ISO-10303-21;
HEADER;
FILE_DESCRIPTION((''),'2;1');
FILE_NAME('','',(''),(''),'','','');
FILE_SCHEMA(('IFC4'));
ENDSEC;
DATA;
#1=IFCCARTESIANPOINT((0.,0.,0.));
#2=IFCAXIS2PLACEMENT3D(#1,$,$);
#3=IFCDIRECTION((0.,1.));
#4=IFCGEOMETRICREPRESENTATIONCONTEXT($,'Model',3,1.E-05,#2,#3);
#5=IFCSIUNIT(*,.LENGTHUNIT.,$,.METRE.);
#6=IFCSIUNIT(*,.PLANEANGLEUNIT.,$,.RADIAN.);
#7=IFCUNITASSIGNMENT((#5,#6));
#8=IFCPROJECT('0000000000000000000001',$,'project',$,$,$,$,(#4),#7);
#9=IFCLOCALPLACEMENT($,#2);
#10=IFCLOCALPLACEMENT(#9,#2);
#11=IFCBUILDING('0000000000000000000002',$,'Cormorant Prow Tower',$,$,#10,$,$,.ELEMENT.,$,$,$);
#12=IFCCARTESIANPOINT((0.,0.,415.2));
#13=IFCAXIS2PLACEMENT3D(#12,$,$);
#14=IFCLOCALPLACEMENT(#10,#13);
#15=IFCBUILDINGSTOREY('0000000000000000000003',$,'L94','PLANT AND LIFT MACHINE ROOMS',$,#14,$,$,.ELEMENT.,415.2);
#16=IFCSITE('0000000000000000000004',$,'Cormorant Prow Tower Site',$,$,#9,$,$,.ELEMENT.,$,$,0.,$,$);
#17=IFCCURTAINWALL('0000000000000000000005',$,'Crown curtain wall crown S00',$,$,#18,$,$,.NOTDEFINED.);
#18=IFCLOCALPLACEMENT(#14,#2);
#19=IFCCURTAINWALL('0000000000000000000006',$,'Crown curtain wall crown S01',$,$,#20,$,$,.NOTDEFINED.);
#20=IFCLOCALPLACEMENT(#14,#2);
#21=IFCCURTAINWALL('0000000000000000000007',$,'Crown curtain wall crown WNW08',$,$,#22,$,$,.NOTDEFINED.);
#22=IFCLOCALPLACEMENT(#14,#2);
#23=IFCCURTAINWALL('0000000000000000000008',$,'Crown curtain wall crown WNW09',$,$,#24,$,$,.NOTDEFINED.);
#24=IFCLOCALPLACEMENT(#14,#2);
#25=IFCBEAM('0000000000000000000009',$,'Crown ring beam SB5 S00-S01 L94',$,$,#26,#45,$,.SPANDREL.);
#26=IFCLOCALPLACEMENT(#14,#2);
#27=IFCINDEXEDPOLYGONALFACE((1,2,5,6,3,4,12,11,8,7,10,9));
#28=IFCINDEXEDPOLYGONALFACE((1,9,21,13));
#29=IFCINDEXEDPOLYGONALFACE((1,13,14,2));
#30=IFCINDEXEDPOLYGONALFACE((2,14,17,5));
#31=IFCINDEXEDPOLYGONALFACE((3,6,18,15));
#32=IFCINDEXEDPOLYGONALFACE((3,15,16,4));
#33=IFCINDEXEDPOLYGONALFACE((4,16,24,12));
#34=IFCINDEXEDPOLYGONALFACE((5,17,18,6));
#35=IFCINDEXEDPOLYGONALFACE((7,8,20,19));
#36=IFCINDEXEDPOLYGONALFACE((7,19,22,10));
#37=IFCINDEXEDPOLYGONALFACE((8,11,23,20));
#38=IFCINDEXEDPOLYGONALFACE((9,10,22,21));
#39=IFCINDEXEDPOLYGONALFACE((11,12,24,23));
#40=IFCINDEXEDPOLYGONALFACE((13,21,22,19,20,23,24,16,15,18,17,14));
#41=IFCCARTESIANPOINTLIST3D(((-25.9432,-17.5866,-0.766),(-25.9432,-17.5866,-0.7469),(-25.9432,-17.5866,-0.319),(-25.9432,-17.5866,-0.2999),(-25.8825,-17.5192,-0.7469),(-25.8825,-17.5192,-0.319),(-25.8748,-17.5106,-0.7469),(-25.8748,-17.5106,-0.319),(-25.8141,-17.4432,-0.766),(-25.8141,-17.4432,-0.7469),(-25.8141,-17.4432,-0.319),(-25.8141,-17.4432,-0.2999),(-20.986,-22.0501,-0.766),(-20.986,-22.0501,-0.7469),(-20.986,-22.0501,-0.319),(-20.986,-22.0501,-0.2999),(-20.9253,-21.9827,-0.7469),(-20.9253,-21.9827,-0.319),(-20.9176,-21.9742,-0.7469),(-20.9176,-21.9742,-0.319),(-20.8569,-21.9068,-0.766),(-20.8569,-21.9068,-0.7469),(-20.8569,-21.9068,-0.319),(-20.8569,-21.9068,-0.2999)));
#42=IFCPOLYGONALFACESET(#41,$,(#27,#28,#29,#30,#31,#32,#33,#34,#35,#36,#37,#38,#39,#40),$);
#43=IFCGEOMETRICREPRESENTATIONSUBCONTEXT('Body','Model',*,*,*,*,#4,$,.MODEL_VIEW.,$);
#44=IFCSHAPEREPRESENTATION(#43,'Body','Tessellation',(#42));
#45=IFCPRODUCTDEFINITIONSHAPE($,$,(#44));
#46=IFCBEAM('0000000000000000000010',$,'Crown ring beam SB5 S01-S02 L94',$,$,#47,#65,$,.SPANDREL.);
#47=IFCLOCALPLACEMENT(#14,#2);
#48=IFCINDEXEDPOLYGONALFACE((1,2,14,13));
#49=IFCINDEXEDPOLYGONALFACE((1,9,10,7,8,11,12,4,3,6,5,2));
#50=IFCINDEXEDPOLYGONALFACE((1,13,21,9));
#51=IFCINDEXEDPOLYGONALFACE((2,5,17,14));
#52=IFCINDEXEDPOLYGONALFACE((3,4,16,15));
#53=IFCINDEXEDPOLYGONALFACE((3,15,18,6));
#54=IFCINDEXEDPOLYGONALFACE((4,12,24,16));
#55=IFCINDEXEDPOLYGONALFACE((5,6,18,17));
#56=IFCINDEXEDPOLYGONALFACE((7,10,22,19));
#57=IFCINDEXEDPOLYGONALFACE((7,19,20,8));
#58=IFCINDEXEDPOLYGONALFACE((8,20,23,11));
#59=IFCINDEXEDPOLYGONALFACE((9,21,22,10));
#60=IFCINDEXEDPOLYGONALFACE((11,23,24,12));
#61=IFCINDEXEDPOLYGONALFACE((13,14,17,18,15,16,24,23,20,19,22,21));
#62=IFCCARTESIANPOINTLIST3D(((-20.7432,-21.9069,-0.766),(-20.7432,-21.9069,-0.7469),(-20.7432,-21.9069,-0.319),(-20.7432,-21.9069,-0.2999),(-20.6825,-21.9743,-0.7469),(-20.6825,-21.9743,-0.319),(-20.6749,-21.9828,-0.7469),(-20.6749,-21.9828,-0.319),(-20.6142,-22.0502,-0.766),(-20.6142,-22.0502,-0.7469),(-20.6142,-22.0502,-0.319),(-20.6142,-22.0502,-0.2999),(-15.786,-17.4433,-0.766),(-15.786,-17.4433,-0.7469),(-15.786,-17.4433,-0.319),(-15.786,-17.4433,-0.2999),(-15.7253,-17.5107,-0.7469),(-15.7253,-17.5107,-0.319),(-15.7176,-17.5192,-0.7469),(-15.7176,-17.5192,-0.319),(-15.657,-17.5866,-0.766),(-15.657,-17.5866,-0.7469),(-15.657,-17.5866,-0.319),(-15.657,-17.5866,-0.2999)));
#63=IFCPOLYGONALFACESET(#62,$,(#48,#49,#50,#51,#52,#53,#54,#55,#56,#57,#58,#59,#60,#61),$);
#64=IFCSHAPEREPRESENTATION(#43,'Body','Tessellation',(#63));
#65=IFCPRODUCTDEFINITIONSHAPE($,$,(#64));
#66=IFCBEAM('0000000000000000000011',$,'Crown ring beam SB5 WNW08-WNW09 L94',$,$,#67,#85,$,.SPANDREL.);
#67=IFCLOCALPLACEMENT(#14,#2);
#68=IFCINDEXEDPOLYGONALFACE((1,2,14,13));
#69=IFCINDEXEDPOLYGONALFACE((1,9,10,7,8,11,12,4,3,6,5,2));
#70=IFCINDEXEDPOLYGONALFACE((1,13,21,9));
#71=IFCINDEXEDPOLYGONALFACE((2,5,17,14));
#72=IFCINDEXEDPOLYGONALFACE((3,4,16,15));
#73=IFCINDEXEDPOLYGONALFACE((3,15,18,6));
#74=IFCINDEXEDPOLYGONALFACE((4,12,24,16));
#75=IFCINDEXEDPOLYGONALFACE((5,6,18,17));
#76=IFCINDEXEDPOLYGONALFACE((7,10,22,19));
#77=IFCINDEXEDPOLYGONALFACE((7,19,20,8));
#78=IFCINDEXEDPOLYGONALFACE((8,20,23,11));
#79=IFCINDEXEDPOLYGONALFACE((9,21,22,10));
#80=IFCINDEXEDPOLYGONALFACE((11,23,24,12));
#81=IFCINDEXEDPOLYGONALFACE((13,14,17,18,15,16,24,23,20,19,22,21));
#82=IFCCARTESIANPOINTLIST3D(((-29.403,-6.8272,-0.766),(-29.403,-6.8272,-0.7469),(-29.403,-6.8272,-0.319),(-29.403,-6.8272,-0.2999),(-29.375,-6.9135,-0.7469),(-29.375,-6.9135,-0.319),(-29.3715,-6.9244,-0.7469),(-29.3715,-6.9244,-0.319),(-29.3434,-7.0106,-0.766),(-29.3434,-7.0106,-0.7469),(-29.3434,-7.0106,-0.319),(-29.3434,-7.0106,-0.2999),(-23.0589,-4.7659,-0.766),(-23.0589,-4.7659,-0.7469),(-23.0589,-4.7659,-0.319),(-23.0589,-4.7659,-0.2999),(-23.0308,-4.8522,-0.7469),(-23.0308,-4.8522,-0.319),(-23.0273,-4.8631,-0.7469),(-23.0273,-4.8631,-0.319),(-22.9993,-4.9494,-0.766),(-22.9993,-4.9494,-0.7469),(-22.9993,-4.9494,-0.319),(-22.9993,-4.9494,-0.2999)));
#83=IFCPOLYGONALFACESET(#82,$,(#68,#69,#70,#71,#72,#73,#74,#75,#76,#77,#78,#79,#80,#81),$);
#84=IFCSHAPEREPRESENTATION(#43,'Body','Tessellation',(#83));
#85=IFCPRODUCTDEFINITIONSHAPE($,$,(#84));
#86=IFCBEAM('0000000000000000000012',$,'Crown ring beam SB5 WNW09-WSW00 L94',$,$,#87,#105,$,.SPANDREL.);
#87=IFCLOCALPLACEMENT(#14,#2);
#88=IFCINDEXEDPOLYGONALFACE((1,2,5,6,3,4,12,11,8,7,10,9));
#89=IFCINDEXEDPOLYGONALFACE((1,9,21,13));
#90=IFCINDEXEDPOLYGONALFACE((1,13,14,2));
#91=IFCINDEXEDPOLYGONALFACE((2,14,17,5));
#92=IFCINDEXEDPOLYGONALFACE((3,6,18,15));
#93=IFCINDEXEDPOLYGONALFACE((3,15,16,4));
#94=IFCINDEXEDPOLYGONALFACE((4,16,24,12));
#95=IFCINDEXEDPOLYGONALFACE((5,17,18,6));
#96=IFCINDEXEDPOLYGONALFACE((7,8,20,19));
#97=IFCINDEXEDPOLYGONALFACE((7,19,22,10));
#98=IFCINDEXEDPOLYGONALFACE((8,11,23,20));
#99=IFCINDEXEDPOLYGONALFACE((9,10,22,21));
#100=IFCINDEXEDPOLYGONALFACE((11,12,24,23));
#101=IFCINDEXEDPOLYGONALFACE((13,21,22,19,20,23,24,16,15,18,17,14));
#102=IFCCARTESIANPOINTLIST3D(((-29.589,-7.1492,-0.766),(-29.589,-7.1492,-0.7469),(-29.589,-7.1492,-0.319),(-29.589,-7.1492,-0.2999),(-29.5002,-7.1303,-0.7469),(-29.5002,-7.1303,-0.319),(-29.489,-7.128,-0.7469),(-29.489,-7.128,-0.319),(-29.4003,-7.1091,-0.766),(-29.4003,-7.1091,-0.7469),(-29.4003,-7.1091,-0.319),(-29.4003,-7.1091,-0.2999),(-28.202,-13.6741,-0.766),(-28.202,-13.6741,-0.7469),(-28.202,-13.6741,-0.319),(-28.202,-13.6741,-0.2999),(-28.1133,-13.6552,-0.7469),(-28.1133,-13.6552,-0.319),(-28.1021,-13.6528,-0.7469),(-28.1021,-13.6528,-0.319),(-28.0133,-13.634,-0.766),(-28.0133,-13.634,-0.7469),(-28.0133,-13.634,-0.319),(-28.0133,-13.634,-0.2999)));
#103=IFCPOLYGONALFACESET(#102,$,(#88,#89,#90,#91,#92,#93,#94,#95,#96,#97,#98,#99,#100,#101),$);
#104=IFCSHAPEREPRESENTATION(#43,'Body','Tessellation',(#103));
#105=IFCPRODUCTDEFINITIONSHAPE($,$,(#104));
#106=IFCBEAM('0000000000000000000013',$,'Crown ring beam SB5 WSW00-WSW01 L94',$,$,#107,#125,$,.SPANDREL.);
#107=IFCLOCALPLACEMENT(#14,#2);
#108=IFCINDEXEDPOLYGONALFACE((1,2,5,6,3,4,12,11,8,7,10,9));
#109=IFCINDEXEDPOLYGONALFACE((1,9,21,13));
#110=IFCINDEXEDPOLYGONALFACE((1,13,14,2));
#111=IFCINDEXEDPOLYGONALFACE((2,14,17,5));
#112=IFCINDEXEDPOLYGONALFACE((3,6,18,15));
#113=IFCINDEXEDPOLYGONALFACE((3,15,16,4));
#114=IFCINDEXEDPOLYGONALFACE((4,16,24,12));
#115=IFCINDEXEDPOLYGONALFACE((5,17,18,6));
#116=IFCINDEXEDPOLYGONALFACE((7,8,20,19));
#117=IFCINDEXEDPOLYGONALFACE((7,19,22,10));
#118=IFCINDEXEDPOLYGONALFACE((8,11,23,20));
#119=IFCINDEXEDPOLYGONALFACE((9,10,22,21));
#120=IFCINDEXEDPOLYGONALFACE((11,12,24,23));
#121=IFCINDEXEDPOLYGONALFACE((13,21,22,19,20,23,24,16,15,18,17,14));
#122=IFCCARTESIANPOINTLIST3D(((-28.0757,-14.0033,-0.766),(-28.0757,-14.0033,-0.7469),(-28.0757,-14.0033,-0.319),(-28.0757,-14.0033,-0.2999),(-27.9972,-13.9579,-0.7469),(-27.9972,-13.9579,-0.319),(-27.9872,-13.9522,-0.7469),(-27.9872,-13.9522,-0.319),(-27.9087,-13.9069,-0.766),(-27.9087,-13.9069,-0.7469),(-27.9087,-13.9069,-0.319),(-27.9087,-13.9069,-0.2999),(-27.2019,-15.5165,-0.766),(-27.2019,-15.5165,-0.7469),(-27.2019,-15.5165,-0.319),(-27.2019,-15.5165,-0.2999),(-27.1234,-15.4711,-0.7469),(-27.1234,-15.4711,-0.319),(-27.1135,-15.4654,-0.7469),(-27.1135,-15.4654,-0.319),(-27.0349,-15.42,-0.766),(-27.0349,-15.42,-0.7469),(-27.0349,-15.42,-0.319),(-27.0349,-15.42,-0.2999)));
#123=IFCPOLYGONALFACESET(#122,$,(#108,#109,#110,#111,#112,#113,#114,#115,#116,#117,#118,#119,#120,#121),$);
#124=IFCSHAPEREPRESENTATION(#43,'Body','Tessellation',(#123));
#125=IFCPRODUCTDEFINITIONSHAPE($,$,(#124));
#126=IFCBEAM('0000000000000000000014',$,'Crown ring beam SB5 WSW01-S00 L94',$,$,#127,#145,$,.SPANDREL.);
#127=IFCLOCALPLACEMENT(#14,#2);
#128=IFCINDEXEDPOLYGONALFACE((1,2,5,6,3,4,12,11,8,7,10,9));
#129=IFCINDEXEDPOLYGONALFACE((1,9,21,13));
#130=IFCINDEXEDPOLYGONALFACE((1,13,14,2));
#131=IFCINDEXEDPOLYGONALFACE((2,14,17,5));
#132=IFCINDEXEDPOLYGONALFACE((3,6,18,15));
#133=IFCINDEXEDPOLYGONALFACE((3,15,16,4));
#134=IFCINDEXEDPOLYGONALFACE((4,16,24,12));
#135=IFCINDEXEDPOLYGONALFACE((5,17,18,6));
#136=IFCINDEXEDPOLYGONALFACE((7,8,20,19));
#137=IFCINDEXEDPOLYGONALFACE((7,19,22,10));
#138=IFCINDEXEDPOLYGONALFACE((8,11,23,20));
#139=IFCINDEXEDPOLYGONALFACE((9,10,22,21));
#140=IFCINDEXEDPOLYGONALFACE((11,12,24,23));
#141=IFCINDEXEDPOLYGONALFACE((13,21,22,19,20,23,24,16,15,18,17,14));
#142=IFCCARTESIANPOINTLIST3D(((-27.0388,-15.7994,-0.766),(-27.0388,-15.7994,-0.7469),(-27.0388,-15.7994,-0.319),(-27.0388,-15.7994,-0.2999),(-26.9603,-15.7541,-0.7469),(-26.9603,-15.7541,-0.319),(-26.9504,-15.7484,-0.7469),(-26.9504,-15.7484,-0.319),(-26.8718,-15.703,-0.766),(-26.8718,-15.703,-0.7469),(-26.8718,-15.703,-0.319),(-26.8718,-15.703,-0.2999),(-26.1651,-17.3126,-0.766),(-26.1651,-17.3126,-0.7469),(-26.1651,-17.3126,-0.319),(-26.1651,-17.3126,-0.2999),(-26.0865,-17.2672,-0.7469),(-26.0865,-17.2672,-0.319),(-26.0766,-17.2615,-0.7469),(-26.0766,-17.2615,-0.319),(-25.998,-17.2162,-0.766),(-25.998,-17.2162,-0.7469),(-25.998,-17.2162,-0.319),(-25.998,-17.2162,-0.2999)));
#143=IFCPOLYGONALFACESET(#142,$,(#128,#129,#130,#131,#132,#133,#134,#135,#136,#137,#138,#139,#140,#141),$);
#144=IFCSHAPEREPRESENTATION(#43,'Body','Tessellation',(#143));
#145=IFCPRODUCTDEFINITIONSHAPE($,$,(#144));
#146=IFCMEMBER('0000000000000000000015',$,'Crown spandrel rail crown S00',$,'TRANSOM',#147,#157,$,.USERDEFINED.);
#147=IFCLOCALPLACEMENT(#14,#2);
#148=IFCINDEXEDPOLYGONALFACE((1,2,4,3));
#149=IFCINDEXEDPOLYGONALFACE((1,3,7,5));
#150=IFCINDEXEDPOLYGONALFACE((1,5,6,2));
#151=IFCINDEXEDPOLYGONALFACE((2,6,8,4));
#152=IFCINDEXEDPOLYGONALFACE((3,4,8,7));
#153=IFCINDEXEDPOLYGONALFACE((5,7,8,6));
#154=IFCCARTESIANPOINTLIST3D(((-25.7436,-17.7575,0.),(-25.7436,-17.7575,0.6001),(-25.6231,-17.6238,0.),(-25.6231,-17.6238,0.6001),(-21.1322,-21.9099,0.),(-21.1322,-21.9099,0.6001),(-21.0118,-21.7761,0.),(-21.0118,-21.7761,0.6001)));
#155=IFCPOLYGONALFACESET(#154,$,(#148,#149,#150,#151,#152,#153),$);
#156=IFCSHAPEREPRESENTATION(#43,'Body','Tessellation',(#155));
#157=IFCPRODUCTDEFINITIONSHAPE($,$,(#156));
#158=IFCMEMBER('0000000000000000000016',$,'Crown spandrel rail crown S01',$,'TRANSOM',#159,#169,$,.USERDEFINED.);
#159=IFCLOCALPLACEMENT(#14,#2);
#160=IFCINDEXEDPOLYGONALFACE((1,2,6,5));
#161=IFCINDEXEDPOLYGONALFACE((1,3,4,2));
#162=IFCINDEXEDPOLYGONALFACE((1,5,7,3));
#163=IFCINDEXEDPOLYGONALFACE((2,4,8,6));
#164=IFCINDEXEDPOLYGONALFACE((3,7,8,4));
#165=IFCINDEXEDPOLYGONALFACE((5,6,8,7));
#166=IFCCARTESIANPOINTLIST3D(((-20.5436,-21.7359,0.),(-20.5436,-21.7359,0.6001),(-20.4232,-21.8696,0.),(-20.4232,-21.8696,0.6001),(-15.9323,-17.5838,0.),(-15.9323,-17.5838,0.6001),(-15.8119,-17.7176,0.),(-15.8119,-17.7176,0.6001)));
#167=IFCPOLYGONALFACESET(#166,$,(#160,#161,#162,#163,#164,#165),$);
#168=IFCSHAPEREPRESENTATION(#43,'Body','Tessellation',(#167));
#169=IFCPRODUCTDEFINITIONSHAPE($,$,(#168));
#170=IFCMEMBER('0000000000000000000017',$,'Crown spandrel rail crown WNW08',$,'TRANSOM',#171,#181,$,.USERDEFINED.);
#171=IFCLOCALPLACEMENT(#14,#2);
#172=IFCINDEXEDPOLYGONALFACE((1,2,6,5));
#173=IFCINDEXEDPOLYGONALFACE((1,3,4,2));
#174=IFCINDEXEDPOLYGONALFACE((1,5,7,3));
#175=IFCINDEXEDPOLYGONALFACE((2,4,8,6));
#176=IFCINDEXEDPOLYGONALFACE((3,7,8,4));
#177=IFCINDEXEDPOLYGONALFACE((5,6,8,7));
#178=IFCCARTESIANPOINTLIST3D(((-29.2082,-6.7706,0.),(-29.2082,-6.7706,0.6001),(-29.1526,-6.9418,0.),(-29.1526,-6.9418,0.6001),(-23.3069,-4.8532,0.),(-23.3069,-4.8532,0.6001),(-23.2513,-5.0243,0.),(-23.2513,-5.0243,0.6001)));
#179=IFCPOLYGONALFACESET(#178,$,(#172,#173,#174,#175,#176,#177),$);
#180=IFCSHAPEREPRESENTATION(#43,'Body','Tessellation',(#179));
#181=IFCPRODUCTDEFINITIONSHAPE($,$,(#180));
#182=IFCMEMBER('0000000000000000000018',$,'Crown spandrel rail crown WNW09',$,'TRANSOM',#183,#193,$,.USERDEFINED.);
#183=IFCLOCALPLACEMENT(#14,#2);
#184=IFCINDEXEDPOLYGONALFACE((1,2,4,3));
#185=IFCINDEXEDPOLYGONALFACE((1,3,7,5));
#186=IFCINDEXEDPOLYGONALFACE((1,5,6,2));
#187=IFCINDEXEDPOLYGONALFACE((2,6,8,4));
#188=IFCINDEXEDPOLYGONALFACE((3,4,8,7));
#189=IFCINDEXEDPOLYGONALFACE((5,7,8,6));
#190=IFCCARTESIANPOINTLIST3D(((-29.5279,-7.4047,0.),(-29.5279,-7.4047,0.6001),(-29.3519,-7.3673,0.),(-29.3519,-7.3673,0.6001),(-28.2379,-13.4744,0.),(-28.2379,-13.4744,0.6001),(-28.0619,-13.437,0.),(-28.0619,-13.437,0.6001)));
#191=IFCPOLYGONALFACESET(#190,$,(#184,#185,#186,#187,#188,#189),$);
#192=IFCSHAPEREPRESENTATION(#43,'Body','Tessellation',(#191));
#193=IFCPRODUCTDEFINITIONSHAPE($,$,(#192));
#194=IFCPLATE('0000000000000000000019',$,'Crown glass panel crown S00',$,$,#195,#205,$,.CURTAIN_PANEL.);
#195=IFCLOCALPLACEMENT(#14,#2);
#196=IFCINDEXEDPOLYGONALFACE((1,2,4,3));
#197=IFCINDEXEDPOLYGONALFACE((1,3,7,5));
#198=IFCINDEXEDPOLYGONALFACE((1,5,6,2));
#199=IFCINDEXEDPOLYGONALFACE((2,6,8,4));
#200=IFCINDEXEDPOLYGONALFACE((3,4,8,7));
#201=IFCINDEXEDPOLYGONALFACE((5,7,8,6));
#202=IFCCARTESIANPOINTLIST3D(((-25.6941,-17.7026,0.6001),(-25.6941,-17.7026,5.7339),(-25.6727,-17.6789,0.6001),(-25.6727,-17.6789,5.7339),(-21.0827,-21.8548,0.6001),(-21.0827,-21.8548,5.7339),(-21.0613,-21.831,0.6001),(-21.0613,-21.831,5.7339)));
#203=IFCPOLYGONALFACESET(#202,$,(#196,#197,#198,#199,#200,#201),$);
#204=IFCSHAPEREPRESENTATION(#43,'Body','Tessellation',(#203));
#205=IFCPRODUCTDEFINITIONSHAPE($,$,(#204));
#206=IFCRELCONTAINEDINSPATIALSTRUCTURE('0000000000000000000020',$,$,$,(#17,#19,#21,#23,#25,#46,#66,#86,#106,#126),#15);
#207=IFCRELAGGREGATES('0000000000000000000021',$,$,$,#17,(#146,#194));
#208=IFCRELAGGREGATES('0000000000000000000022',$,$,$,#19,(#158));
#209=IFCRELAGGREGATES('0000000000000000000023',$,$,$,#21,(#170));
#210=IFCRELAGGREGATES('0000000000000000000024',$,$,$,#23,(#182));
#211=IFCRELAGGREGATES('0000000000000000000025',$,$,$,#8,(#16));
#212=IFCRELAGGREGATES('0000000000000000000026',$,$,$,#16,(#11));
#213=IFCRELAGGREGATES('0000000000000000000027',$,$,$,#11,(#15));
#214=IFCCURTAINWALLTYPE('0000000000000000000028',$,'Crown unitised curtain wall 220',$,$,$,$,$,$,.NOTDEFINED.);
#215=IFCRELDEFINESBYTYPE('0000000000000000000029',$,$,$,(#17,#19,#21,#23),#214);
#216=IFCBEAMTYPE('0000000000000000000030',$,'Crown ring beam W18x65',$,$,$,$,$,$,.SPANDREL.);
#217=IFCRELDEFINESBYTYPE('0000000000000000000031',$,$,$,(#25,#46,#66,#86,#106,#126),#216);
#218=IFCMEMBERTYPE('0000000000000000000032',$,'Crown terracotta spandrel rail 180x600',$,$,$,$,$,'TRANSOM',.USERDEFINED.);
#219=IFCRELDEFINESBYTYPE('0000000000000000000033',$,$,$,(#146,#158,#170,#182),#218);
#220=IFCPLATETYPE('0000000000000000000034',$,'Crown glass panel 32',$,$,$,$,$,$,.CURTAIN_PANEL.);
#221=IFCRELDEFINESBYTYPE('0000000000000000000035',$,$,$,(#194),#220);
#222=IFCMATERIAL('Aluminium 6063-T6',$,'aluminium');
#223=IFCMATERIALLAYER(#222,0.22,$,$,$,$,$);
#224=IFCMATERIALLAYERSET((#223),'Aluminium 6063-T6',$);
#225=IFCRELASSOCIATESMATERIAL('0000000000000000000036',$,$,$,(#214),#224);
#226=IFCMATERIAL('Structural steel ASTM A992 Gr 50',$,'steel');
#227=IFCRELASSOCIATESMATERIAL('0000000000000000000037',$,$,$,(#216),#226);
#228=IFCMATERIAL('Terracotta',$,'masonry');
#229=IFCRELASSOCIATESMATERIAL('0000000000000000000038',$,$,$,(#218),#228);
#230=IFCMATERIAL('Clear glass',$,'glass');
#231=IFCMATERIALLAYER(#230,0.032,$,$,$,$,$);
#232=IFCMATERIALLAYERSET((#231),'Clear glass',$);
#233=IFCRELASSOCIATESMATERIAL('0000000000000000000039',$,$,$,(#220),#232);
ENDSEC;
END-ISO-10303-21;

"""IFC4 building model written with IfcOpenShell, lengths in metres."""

from ifc_helpers import new_model, si_unit, direction, frame, origin, origin_2d, place, context, subcontext, project, spatial, rectangle, i_section, extrude, material, layer, layer_set, material_profile, profile_set, type_object, element, aggregate, save


model = new_model("IFC4")

# Units and contexts
model_context = context("Model", 3, precision=1e-05, world=origin(), true_north=direction((0.0, 1.0)))
body_context = subcontext(model_context, "Body", "Model", "MODEL_VIEW")
ifc_project = project(units=[si_unit("LENGTHUNIT", "METRE"), si_unit("PLANEANGLEUNIT", "RADIAN")], contexts=[model_context])

# Site, building, storey
site_placement = place(None, origin())
site = spatial("IfcSite", under=ifc_project, at=site_placement, Name="Cormorant Prow Tower Site", CompositionType="ELEMENT", RefElevation=0.0)
building_placement = place(site_placement, origin())
building = spatial("IfcBuilding", under=site, at=building_placement, Name="Cormorant Prow Tower", CompositionType="ELEMENT")
storey_placement = place(building_placement, frame((0.0, 0.0, 415.2)))
storey = spatial("IfcBuildingStorey", under=building, at=storey_placement, Name="L94", Description="PLANT AND LIFT MACHINE ROOMS", CompositionType="ELEMENT", Elevation=415.2)

# Curtain walls
ifc_material_1 = material(Name="Aluminium 6063-T6", Category="aluminium")
ifc_layer_1 = layer(ifc_material_1, 0.22)
ifc_layer_set_1 = layer_set([ifc_layer_1], Name="Aluminium 6063-T6")
curtain_wall_type = type_object("IfcCurtainWallType", Name="Crown unitised curtain wall 220", PredefinedType="NOTDEFINED", material=ifc_layer_set_1)
curtain_wall_1_placement = place(storey_placement, origin())
curtain_wall_1 = element("IfcCurtainWall", 1, at=curtain_wall_1_placement, inside=storey, type_object=curtain_wall_type, Name="Crown curtain wall crown S00", PredefinedType="NOTDEFINED")
curtain_wall_2_placement = place(storey_placement, origin())
curtain_wall_2 = element("IfcCurtainWall", 2, at=curtain_wall_2_placement, inside=storey, type_object=curtain_wall_type, Name="Crown curtain wall crown S01", PredefinedType="NOTDEFINED")
curtain_wall_3_placement = place(storey_placement, origin())
curtain_wall_3 = element("IfcCurtainWall", 3, at=curtain_wall_3_placement, inside=storey, type_object=curtain_wall_type, Name="Crown curtain wall crown WNW08", PredefinedType="NOTDEFINED")
curtain_wall_4_placement = place(storey_placement, origin())
curtain_wall_4 = element("IfcCurtainWall", 4, at=curtain_wall_4_placement, inside=storey, type_object=curtain_wall_type, Name="Crown curtain wall crown WNW09", PredefinedType="NOTDEFINED")

# Beams
ifc_material_2 = material(Name="Structural steel ASTM A992 Gr 50", Category="steel")
ifc_material_profile_1 = material_profile(ifc_material_2, i_section(OverallWidth=0.1929, OverallDepth=0.4661, WebThickness=0.0115, FlangeThickness=0.019, at=origin_2d()), Name="W18x65")
ifc_profile_set_1 = profile_set([ifc_material_profile_1], Name="Structural steel ASTM A992 Gr 50")
beam_type = type_object("IfcBeamType", Name="Crown ring beam W18x65", PredefinedType="SPANDREL", material=ifc_profile_set_1)
for number, where, z_axis, x_axis, name in (
    (5, (-25.8787, -17.5149, -0.533), (0.743139, -0.669137, 0.0), (0.669137, 0.743139, 0.0), "Crown ring beam SB5 S00-S01 L94"),
    (6, (-20.6787, -21.9785, -0.533), (0.743139, 0.669137, 0.0), (-0.669137, 0.743139, 0.0), "Crown ring beam SB5 S01-S02 L94"),
    (7, (-23.0291, -4.8577, -0.533), (-0.95106, -0.309005, 0.0), (0.309005, -0.95106, 0.0), "Crown ring beam SB5 WNW08-WNW09 L94"),
    (8, (-29.4946, -7.1292, -0.533), (0.207919, -0.978146, 0.0), (0.978146, 0.207919, 0.0), "Crown ring beam SB5 WNW09-WSW00 L94"),
):
    element("IfcBeam", number, at=place(storey_placement, frame(where, z_axis=z_axis, x_axis=x_axis)), inside=storey, type_object=beam_type, Name=name, PredefinedType="SPANDREL", context=body_context, shape_type="SweptSolid", body=[
        extrude(i_section(OverallWidth=0.1929, OverallDepth=0.4661, WebThickness=0.0115, FlangeThickness=0.019, at=origin_2d()), origin(), (0.0, 0.0, 1.0), 6.6707),
    ])
for number, where, z_axis, x_axis, name in (
    (9, (-27.9922, -13.9551, -0.533), (0.500061, -0.86599, 0.0), (0.86599, 0.500061, 0.0), "Crown ring beam SB5 WSW00-WSW01 L94"),
    (10, (-26.9553, -15.7512, -0.533), (0.500061, -0.86599, 0.0), (0.86599, 0.500061, 0.0), "Crown ring beam SB5 WSW01-S00 L94"),
):
    element("IfcBeam", number, at=place(storey_placement, frame(where, z_axis=z_axis, x_axis=x_axis)), inside=storey, type_object=beam_type, Name=name, PredefinedType="SPANDREL", context=body_context, shape_type="SweptSolid", body=[
        extrude(i_section(OverallWidth=0.1929, OverallDepth=0.4661, WebThickness=0.0115, FlangeThickness=0.019, at=origin_2d()), origin(), (0.0, 0.0, 1.0), 1.7473),
    ])

# Members
ifc_material_3 = material(Name="Terracotta", Category="masonry")
ifc_material_profile_2 = material_profile(ifc_material_3, rectangle(XDim=0.1799, YDim=0.6001, at=origin_2d()), Name="Crown terracotta spandrel rail 180x600")
ifc_profile_set_2 = profile_set([ifc_material_profile_2], Name="Terracotta")
member_type_1 = type_object("IfcMemberType", Name="Crown terracotta spandrel rail 180x600", ElementType="TRANSOM", PredefinedType="USERDEFINED", material=ifc_profile_set_2)
member_1_placement = place(storey_placement, frame((-25.6833, -17.6907, 0.3), z_axis=(0.743122, -0.669156, 0.0), x_axis=(0.669156, 0.743122, 0.0)))
member_1 = element("IfcMember", 11, at=member_1_placement, type_object=member_type_1, Name="Crown spandrel rail crown S00", ObjectType="TRANSOM", PredefinedType="USERDEFINED", context=body_context, shape_type="SweptSolid", body=[
    extrude(rectangle(XDim=0.1799, YDim=0.6001, at=origin_2d()), origin(), (0.0, 0.0, 1.0), 6.2053),
])
member_2_placement = place(storey_placement, frame((-20.4834, -21.8027, 0.3), z_axis=(0.743142, 0.669134, 0.0), x_axis=(-0.669134, 0.743142, 0.0)))
member_2 = element("IfcMember", 12, at=member_2_placement, type_object=member_type_1, Name="Crown spandrel rail crown S01", ObjectType="TRANSOM", PredefinedType="USERDEFINED", context=body_context, shape_type="SweptSolid", body=[
    extrude(rectangle(XDim=0.1799, YDim=0.6001, at=origin_2d()), origin(), (0.0, 0.0, 1.0), 6.2051),
])
member_3_placement = place(storey_placement, frame((-23.2791, -4.9387, 0.3), z_axis=(-0.951056, -0.309018, 0.0), x_axis=(0.309018, -0.951056, 0.0)))
member_3 = element("IfcMember", 13, at=member_3_placement, type_object=member_type_1, Name="Crown spandrel rail crown WNW08", ObjectType="TRANSOM", PredefinedType="USERDEFINED", context=body_context, shape_type="SweptSolid", body=[
    extrude(rectangle(XDim=0.1799, YDim=0.6001, at=origin_2d()), origin(), (0.0, 0.0, 1.0), 6.2051),
])
member_4_placement = place(storey_placement, frame((-29.4399, -7.386, 0.3), z_axis=(0.20789, -0.978152, 0.0), x_axis=(0.978152, 0.20789, 0.0)))
member_4 = element("IfcMember", 14, at=member_4_placement, type_object=member_type_1, Name="Crown spandrel rail crown WNW09", ObjectType="TRANSOM", PredefinedType="USERDEFINED", context=body_context, shape_type="SweptSolid", body=[
    extrude(rectangle(XDim=0.1799, YDim=0.6001, at=origin_2d()), origin(), (0.0, 0.0, 1.0), 6.2053),
])

# Plate
ifc_material_4 = material(Name="Clear glass", Category="glass")
ifc_layer_2 = layer(ifc_material_4, 0.032)
ifc_layer_set_2 = layer_set([ifc_layer_2], Name="Clear glass")
plate_type = type_object("IfcPlateType", Name="Crown glass panel 32", PredefinedType="CURTAIN_PANEL", material=ifc_layer_set_2)
plate_1_placement = place(storey_placement, frame((-23.3777, -19.7668, 0.6001), z_axis=(0.0, 0.0, 1.0), x_axis=(0.743145, -0.669131, 0.0)))
plate_1 = element("IfcPlate", 15, at=plate_1_placement, type_object=plate_type, Name="Crown glass panel crown S00", PredefinedType="CURTAIN_PANEL", context=body_context, shape_type="SweptSolid", body=[
    extrude(rectangle(XDim=6.2053, YDim=0.032, at=origin_2d()), origin(), (0.0, 0.0, 1.0), 5.1338),
])
aggregate(curtain_wall_1, [member_1, plate_1])
aggregate(curtain_wall_2, [member_2])

aggregate(curtain_wall_3, [member_3])
aggregate(curtain_wall_4, [member_4])

save(model, "model.ifc")
